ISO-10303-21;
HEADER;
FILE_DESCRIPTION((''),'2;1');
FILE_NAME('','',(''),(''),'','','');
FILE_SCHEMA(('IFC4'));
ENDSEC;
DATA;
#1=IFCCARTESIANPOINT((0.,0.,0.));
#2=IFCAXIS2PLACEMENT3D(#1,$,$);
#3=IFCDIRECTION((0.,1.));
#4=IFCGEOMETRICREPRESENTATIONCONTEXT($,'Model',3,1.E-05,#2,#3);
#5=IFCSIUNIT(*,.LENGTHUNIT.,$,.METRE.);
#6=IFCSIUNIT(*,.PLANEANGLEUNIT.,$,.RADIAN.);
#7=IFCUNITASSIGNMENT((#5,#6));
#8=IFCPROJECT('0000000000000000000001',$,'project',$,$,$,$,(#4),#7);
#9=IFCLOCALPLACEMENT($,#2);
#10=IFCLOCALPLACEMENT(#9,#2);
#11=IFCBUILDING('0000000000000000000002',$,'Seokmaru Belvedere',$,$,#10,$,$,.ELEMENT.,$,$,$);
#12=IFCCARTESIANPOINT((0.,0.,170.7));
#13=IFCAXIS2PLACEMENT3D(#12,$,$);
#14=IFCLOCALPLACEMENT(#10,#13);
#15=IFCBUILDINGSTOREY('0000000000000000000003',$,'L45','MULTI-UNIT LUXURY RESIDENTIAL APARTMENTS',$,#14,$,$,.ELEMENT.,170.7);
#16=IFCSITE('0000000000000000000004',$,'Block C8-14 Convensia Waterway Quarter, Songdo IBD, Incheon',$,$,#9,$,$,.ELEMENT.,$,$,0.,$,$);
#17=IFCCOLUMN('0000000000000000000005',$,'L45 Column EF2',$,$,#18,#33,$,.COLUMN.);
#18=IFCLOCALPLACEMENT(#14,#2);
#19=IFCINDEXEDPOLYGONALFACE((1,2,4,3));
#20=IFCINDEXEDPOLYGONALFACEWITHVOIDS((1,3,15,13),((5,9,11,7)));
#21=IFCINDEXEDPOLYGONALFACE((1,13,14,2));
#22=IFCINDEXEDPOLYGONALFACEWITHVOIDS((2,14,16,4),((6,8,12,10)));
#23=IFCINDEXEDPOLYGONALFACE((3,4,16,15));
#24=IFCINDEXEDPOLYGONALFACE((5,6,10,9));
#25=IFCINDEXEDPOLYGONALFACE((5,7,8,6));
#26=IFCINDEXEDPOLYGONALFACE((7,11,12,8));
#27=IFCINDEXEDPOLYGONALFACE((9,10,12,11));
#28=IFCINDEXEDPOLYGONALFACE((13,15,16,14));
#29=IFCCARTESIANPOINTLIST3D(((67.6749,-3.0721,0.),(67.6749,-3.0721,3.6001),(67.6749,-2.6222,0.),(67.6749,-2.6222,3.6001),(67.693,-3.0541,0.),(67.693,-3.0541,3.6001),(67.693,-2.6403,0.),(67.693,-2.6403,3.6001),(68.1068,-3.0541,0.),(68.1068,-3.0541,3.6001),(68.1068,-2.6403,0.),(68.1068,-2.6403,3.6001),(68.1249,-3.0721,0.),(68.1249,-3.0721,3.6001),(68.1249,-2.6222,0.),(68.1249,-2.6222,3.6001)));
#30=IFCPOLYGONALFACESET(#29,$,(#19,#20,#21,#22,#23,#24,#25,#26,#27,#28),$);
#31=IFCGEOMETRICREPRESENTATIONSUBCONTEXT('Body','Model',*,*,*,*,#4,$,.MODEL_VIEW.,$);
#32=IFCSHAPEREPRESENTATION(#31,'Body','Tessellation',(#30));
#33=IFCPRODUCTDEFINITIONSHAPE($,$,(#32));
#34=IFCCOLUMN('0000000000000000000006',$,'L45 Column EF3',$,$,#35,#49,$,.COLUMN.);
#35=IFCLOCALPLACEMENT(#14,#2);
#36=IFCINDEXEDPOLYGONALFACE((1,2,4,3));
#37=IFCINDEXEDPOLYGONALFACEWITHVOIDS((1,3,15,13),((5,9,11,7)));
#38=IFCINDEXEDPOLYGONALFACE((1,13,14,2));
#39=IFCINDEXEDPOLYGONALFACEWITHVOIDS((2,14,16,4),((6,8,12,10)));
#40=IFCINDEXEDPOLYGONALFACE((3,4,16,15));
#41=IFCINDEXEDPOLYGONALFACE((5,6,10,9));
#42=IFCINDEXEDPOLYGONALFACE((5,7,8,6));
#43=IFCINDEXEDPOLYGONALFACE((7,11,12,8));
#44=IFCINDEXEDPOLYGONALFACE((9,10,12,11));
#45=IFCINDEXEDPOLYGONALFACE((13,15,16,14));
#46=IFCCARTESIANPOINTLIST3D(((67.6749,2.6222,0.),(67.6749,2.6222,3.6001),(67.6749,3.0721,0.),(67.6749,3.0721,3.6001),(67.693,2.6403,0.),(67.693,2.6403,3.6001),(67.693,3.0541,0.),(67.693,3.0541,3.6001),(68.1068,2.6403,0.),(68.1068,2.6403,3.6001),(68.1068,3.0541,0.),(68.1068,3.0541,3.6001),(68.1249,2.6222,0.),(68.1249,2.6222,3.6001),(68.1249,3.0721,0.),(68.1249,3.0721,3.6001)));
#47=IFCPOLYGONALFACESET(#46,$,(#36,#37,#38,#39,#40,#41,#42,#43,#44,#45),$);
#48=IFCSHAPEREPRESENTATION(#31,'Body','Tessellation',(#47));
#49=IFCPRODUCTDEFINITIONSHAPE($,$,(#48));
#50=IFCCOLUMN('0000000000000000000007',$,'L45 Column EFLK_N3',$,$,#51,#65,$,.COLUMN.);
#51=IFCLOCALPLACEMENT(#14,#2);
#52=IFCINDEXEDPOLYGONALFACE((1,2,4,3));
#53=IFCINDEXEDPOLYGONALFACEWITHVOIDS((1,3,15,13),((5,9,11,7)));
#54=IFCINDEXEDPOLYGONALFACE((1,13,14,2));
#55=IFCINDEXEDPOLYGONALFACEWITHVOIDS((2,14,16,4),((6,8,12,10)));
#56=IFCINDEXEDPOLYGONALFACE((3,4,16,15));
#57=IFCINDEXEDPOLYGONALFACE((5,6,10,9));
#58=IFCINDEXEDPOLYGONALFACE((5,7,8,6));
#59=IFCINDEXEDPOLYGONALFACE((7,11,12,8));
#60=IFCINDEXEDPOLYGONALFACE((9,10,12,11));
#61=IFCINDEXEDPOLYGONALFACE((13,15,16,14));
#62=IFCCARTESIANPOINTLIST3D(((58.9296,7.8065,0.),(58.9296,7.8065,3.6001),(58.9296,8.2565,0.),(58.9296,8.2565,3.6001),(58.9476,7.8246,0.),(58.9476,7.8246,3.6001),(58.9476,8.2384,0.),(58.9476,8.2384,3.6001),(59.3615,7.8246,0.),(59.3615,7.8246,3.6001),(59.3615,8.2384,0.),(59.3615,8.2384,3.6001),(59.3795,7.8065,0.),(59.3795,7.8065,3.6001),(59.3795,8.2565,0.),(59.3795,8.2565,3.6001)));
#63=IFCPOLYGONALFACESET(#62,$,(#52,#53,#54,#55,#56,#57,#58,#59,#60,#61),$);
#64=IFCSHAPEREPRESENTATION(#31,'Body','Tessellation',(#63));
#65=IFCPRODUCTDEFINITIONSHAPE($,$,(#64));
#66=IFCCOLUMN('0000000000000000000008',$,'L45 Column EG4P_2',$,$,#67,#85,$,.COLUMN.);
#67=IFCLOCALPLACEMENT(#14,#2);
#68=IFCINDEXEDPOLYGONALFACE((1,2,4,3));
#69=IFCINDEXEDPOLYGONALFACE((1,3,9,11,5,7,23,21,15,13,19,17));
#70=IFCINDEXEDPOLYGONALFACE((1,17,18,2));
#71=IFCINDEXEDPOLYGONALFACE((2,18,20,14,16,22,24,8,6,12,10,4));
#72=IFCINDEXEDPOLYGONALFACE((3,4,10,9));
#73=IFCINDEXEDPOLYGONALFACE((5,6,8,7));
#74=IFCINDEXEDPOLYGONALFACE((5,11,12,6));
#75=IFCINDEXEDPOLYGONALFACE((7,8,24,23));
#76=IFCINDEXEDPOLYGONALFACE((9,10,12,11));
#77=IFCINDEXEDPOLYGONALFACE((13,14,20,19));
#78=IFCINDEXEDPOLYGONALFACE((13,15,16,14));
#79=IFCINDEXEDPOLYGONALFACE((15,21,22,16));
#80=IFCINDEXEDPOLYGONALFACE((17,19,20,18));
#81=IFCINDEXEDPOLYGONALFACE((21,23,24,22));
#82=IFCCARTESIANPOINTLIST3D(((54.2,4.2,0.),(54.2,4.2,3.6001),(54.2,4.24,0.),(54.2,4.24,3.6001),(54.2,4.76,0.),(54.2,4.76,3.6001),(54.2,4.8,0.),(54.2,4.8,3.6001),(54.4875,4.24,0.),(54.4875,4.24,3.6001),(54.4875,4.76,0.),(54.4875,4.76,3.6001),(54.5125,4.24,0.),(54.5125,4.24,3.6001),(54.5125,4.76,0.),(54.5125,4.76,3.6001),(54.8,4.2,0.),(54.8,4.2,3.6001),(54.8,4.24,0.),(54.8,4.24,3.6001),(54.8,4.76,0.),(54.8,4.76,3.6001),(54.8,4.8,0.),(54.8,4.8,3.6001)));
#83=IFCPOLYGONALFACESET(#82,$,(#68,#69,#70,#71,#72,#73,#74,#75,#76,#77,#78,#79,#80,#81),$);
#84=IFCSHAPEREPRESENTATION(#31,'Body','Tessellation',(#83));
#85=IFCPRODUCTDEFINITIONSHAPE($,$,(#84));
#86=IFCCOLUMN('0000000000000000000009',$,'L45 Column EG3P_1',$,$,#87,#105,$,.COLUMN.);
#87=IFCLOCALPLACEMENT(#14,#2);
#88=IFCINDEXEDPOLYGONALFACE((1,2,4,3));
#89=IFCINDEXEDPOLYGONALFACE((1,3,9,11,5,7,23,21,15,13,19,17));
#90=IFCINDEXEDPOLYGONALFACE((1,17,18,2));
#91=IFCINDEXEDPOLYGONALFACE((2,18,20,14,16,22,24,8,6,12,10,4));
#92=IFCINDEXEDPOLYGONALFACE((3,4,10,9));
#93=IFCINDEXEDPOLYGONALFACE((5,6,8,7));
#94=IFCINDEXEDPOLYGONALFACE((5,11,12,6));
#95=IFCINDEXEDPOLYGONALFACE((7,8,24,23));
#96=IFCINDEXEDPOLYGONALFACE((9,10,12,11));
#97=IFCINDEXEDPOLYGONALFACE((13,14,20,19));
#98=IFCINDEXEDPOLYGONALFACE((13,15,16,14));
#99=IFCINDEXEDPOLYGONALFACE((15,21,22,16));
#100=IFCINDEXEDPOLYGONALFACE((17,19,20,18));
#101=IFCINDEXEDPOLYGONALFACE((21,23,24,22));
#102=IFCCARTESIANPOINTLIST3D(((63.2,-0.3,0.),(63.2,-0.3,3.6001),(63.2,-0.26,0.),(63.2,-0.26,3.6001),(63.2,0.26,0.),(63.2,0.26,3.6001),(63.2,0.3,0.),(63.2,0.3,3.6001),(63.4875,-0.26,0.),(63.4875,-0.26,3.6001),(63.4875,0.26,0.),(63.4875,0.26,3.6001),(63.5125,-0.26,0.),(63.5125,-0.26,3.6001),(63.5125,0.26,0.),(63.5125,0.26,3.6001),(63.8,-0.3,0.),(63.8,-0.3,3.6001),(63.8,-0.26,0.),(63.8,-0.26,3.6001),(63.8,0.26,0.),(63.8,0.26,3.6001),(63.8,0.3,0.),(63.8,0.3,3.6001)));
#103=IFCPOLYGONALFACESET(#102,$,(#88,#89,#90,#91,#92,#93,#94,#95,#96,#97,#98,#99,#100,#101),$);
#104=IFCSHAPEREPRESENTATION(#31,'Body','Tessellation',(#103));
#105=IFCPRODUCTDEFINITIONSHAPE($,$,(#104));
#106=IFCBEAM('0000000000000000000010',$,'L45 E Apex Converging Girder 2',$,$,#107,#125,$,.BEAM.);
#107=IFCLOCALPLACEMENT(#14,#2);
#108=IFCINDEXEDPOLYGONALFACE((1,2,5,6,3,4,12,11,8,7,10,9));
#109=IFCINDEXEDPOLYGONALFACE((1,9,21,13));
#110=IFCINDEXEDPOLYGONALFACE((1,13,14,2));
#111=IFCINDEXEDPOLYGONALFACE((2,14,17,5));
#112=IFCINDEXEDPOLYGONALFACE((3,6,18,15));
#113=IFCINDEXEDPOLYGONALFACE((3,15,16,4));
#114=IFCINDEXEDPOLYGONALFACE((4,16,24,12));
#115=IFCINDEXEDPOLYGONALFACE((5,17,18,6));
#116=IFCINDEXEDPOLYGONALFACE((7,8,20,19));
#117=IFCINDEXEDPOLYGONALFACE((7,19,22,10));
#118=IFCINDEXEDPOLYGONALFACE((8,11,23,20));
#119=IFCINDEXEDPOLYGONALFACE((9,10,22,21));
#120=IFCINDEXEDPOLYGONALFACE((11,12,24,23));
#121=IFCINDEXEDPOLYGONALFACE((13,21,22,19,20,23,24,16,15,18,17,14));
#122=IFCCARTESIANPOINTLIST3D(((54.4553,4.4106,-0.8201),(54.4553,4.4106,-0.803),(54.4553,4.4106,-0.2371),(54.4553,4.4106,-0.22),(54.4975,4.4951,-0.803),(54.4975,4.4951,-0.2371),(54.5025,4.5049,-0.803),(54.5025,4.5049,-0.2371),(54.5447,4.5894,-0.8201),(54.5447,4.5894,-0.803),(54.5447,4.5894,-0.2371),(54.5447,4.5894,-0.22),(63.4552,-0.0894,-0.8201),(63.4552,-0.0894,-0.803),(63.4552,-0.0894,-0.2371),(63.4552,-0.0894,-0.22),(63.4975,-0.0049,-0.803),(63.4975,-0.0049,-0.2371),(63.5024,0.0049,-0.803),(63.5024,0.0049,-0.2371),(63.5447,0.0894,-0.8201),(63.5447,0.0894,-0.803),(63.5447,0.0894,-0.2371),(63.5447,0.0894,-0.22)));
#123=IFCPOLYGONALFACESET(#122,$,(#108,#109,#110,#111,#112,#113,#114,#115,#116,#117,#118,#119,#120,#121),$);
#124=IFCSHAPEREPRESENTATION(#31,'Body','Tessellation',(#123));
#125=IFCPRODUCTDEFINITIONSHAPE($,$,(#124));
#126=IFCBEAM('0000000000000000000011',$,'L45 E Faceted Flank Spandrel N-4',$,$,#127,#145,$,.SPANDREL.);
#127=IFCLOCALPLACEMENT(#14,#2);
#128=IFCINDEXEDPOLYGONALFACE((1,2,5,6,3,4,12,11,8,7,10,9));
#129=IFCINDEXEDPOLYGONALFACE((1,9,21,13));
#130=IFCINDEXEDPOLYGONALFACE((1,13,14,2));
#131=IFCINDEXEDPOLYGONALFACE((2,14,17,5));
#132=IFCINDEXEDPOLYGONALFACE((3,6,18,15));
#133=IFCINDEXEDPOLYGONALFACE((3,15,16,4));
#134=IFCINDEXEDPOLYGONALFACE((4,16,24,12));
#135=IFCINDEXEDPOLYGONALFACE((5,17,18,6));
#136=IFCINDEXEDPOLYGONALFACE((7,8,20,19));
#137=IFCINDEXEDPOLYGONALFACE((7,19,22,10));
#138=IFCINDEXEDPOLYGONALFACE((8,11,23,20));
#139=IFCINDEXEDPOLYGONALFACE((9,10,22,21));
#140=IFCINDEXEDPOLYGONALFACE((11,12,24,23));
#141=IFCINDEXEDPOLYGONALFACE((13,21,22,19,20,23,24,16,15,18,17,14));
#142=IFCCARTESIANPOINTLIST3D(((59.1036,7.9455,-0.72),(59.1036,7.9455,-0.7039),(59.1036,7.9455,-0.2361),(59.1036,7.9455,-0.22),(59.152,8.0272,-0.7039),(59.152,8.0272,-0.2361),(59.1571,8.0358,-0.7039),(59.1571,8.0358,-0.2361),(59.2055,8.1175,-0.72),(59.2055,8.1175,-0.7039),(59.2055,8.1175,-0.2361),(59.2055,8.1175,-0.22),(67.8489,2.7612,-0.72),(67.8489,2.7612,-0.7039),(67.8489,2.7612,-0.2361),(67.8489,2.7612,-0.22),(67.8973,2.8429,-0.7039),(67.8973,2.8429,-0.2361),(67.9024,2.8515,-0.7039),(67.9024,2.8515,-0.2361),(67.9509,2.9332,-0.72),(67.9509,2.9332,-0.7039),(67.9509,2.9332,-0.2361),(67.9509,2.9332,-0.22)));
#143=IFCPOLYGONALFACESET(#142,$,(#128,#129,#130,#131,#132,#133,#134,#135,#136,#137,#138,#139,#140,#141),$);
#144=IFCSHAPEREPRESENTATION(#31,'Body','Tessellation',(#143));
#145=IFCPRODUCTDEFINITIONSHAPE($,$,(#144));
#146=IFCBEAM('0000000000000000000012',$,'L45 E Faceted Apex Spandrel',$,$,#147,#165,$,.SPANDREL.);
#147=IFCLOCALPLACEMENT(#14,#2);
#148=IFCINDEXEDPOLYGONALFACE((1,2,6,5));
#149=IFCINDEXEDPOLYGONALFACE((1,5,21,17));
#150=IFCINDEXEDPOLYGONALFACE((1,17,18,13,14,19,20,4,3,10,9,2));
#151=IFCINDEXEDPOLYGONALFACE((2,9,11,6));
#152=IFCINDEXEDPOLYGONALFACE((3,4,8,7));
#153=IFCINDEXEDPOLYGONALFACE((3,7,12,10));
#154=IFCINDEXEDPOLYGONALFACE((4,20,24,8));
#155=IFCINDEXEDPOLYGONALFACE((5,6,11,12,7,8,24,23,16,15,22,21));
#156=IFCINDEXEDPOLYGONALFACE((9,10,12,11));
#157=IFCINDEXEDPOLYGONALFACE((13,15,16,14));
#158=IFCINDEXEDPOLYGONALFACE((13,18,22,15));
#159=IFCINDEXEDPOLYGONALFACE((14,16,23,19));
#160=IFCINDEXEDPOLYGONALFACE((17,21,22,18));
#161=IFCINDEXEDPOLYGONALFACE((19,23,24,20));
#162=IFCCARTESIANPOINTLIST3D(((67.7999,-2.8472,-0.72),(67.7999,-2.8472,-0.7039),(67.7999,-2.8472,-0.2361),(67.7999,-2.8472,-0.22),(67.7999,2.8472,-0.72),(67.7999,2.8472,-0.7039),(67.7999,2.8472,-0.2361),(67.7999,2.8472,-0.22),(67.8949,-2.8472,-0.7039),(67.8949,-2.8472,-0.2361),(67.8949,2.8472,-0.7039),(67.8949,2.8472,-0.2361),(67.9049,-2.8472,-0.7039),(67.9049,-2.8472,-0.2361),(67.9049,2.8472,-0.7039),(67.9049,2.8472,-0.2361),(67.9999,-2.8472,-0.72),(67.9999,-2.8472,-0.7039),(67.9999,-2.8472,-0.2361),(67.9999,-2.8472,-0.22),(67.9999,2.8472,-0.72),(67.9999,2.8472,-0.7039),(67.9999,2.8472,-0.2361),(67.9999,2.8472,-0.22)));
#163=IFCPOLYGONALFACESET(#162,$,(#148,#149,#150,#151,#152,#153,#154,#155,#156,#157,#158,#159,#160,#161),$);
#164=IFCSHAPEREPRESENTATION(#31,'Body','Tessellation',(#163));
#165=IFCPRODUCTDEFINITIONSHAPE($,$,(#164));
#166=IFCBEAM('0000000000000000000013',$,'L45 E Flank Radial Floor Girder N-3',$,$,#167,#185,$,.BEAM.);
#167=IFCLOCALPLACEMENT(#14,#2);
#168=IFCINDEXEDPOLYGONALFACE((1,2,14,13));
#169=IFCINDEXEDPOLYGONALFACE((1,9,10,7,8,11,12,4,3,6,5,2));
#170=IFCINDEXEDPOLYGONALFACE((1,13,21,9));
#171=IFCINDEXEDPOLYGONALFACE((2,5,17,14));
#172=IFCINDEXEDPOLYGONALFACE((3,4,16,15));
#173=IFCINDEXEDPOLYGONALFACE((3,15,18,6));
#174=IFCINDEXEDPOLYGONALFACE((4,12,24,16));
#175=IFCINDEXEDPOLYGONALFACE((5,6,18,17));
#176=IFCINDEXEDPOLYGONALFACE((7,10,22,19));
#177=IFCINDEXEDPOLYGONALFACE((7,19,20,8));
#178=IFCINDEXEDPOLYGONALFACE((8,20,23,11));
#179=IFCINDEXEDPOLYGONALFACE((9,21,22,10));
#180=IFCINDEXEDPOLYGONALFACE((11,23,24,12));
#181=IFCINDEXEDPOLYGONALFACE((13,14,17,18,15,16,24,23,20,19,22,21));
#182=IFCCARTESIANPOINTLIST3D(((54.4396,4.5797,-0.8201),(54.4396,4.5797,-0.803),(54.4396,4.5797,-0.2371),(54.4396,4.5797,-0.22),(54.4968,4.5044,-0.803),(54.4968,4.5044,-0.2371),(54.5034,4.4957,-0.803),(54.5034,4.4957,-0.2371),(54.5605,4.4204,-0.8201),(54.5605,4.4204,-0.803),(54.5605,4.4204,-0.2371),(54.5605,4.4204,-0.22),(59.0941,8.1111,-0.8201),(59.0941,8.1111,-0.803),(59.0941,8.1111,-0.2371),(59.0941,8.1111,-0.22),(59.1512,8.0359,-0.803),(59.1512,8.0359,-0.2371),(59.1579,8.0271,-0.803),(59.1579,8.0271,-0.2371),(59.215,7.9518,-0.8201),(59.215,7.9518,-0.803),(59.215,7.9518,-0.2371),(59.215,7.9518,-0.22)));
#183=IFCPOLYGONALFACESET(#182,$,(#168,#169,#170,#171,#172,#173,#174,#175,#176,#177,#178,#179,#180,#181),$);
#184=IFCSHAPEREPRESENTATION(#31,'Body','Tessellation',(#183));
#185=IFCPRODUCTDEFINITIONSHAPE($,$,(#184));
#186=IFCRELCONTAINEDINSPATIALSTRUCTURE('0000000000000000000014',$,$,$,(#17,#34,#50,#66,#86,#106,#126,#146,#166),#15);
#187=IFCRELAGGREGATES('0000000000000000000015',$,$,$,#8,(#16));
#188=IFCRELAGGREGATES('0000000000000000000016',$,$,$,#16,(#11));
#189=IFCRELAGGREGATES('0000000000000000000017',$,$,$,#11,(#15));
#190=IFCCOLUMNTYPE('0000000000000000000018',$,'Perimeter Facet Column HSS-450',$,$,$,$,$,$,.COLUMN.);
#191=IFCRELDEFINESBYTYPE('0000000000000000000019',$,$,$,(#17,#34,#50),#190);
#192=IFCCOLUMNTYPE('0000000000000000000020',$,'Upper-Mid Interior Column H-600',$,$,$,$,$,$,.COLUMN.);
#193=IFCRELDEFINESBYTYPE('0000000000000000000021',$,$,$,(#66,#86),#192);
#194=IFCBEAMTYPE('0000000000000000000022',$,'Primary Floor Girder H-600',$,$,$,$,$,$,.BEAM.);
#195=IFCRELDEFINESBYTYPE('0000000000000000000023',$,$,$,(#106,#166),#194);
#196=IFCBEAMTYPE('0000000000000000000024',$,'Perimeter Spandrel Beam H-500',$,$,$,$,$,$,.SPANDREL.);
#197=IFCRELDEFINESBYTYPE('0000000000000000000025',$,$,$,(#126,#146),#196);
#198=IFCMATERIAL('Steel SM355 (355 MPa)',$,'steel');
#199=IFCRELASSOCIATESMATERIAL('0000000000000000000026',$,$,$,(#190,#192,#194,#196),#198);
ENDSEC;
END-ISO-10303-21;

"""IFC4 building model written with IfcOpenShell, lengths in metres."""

from ifc_helpers import new_model, si_unit, direction, frame, origin, origin_2d, place, context, subcontext, project, spatial, hollow_rectangle, i_section, extrude, source, transform, mapped, material, material_profile, profile_set, type_object, type_shapes, element, save


model = new_model("IFC4")

# Units and contexts
model_context = context("Model", 3, precision=1e-05, world=origin(), true_north=direction((0.0, 1.0)))
body_context = subcontext(model_context, "Body", "Model", "MODEL_VIEW")
ifc_project = project(units=[si_unit("LENGTHUNIT", "METRE"), si_unit("PLANEANGLEUNIT", "RADIAN")], contexts=[model_context])

# Site, building, storey
site_placement = place(None, origin())
site = spatial("IfcSite", under=ifc_project, at=site_placement, Name="Block C8-14 Convensia Waterway Quarter, Songdo IBD, Incheon", CompositionType="ELEMENT", RefElevation=0.0)
building_placement = place(site_placement, origin())
building = spatial("IfcBuilding", under=site, at=building_placement, Name="Seokmaru Belvedere", CompositionType="ELEMENT")
storey_placement = place(building_placement, frame((0.0, 0.0, 170.7)))
storey = spatial("IfcBuildingStorey", under=building, at=storey_placement, Name="L45", Description="MULTI-UNIT LUXURY RESIDENTIAL APARTMENTS", CompositionType="ELEMENT", Elevation=170.7)

# Columns
ifc_material_1 = material(Name="Steel SM355 (355 MPa)", Category="steel")
ifc_material_profile_1 = material_profile(ifc_material_1, hollow_rectangle(XDim=0.45, YDim=0.45, WallThickness=0.0181, at=origin_2d()), Name="HSS-450x450x18")
ifc_profile_set_1 = profile_set([ifc_material_profile_1], Name="Steel SM355 (355 MPa)")
column_type_1 = type_object("IfcColumnType", Name="Perimeter Facet Column HSS-450", PredefinedType="COLUMN", material=ifc_profile_set_1)
shared_shape_1 = source(origin(), body_context, "Body", "SweptSolid", [
    extrude(hollow_rectangle(XDim=0.45, YDim=0.45, WallThickness=0.0181, at=origin_2d()), origin(), (0.0, 0.0, 1.0), 3.6001),
])
type_shapes(column_type_1, [shared_shape_1])
for number, where, z_axis, x_axis, name in (
    (1, (67.8999, -2.8472, 0.0), (0.0, 0.0, 1.0), (1.0, 0.0, 0.0), "L45 Column EF2"),
    (2, (67.8999, 2.8472, 0.0), (0.0, 0.0, 1.0), (1.0, 0.0, 0.0), "L45 Column EF3"),
    (3, (59.1545, 8.0315, 0.0), (0.0, 0.0, 1.0), (1.0, 0.0, 0.0), "L45 Column EFLK_N3"),
):
    element("IfcColumn", number, at=place(storey_placement, frame(where, z_axis=z_axis, x_axis=x_axis)), inside=storey, type_object=column_type_1, Name=name, PredefinedType="COLUMN", context=body_context, shape_type="MappedRepresentation", body=[
        mapped(shared_shape_1, transform((0.0, 0.0, 0.0), scale=1.0)),
    ])
ifc_material_profile_2 = material_profile(ifc_material_1, i_section(OverallWidth=0.6001, OverallDepth=0.6001, WebThickness=0.0249, FlangeThickness=0.04, at=origin_2d()), Name="H-600x600x25x40")
ifc_profile_set_2 = profile_set([ifc_material_profile_2], Name="Steel SM355 (355 MPa)")
column_type_2 = type_object("IfcColumnType", Name="Upper-Mid Interior Column H-600", PredefinedType="COLUMN", material=ifc_profile_set_2)
shared_shape_2 = source(origin(), body_context, "Body", "SweptSolid", [
    extrude(i_section(OverallWidth=0.6001, OverallDepth=0.6001, WebThickness=0.0249, FlangeThickness=0.04, at=origin_2d()), origin(), (0.0, 0.0, 1.0), 3.6001),
])
type_shapes(column_type_2, [shared_shape_2])
for number, where, z_axis, x_axis, name in (
    (4, (54.5, 4.5, 0.0), (0.0, 0.0, 1.0), (1.0, 0.0, 0.0), "L45 Column EG4P_2"),
    (5, (63.5, 0.0, 0.0), (0.0, 0.0, 1.0), (1.0, 0.0, 0.0), "L45 Column EG3P_1"),
):
    element("IfcColumn", number, at=place(storey_placement, frame(where, z_axis=z_axis, x_axis=x_axis)), inside=storey, type_object=column_type_2, Name=name, PredefinedType="COLUMN", context=body_context, shape_type="MappedRepresentation", body=[
        mapped(shared_shape_2, transform((0.0, 0.0, 0.0), scale=1.0)),
    ])

# Beams
ifc_material_profile_3 = material_profile(ifc_material_1, i_section(OverallWidth=0.2, OverallDepth=0.6001, WebThickness=0.011, FlangeThickness=0.0171, at=origin_2d()), Name="H-600x200x11x17")
ifc_profile_set_3 = profile_set([ifc_material_profile_3], Name="Steel SM355 (355 MPa)")
beam_type_1 = type_object("IfcBeamType", Name="Primary Floor Girder H-600", PredefinedType="BEAM", material=ifc_profile_set_3)
shared_shape_3 = source(origin(), body_context, "Body", "SweptSolid", [
    extrude(i_section(OverallWidth=0.2, OverallDepth=0.6001, WebThickness=0.011, FlangeThickness=0.0171, at=origin_2d()), origin(), (0.0, 0.0, 1.0), 10.0623),
])
beam_1_placement = place(storey_placement, frame((54.5, 4.5, -0.52), z_axis=(0.894427, -0.447214, 0.0), x_axis=(0.447214, 0.894427, 0.0)))
element("IfcBeam", 6, at=beam_1_placement, inside=storey, type_object=beam_type_1, Name="L45 E Apex Converging Girder 2", PredefinedType="BEAM", context=body_context, shape_type="MappedRepresentation", body=[
    mapped(shared_shape_3, transform((0.0, 0.0, 0.0), scale=1.0)),
])
ifc_material_profile_4 = material_profile(ifc_material_1, i_section(OverallWidth=0.2, OverallDepth=0.5, WebThickness=0.01, FlangeThickness=0.0161, at=origin_2d()), Name="H-500x200x10x16")
ifc_profile_set_4 = profile_set([ifc_material_profile_4], Name="Steel SM355 (355 MPa)")
beam_type_2 = type_object("IfcBeamType", Name="Perimeter Spandrel Beam H-500", PredefinedType="SPANDREL", material=ifc_profile_set_4)
shared_shape_4 = source(origin(), body_context, "Body", "SweptSolid", [
    extrude(i_section(OverallWidth=0.2, OverallDepth=0.5, WebThickness=0.01, FlangeThickness=0.0161, at=origin_2d()), origin(), (0.0, 0.0, 1.0), 10.1665),
])
beam_2_placement = place(storey_placement, frame((59.1545, 8.0315, -0.47), z_axis=(0.86021, -0.50994, 0.0), x_axis=(0.50994, 0.86021, 0.0)))
element("IfcBeam", 7, at=beam_2_placement, inside=storey, type_object=beam_type_2, Name="L45 E Faceted Flank Spandrel N-4", PredefinedType="SPANDREL", context=body_context, shape_type="MappedRepresentation", body=[
    mapped(shared_shape_4, transform((0.0, 0.0, 0.0), scale=1.0)),
])
shared_shape_5 = source(origin(), body_context, "Body", "SweptSolid", [
    extrude(i_section(OverallWidth=0.2, OverallDepth=0.5, WebThickness=0.01, FlangeThickness=0.0161, at=origin_2d()), origin(), (0.0, 0.0, 1.0), 5.6943),
])
type_shapes(beam_type_2, [shared_shape_4, shared_shape_5])
beam_3_placement = place(storey_placement, frame((67.8999, -2.8472, -0.47), z_axis=(0.0, 1.0, 0.0), x_axis=(-1.0, 0.0, 0.0)))
element("IfcBeam", 8, at=beam_3_placement, inside=storey, type_object=beam_type_2, Name="L45 E Faceted Apex Spandrel", PredefinedType="SPANDREL", context=body_context, shape_type="MappedRepresentation", body=[
    mapped(shared_shape_5, transform((0.0, 0.0, 0.0), scale=1.0)),
])
shared_shape_6 = source(origin(), body_context, "Body", "SweptSolid", [
    extrude(i_section(OverallWidth=0.2, OverallDepth=0.6001, WebThickness=0.011, FlangeThickness=0.0171, at=origin_2d()), origin(), (0.0, 0.0, 1.0), 5.8425),
])
beam_4_placement = place(storey_placement, frame((59.1545, 8.0315, -0.52), z_axis=(-0.796653, -0.604437, 0.0), x_axis=(0.604437, -0.796653, 0.0)))
element("IfcBeam", 9, at=beam_4_placement, inside=storey, type_object=beam_type_1, Name="L45 E Flank Radial Floor Girder N-3", PredefinedType="BEAM", context=body_context, shape_type="MappedRepresentation", body=[
    mapped(shared_shape_6, transform((0.0, 0.0, 0.0), scale=1.0)),
])

save(model, "model.ifc")
